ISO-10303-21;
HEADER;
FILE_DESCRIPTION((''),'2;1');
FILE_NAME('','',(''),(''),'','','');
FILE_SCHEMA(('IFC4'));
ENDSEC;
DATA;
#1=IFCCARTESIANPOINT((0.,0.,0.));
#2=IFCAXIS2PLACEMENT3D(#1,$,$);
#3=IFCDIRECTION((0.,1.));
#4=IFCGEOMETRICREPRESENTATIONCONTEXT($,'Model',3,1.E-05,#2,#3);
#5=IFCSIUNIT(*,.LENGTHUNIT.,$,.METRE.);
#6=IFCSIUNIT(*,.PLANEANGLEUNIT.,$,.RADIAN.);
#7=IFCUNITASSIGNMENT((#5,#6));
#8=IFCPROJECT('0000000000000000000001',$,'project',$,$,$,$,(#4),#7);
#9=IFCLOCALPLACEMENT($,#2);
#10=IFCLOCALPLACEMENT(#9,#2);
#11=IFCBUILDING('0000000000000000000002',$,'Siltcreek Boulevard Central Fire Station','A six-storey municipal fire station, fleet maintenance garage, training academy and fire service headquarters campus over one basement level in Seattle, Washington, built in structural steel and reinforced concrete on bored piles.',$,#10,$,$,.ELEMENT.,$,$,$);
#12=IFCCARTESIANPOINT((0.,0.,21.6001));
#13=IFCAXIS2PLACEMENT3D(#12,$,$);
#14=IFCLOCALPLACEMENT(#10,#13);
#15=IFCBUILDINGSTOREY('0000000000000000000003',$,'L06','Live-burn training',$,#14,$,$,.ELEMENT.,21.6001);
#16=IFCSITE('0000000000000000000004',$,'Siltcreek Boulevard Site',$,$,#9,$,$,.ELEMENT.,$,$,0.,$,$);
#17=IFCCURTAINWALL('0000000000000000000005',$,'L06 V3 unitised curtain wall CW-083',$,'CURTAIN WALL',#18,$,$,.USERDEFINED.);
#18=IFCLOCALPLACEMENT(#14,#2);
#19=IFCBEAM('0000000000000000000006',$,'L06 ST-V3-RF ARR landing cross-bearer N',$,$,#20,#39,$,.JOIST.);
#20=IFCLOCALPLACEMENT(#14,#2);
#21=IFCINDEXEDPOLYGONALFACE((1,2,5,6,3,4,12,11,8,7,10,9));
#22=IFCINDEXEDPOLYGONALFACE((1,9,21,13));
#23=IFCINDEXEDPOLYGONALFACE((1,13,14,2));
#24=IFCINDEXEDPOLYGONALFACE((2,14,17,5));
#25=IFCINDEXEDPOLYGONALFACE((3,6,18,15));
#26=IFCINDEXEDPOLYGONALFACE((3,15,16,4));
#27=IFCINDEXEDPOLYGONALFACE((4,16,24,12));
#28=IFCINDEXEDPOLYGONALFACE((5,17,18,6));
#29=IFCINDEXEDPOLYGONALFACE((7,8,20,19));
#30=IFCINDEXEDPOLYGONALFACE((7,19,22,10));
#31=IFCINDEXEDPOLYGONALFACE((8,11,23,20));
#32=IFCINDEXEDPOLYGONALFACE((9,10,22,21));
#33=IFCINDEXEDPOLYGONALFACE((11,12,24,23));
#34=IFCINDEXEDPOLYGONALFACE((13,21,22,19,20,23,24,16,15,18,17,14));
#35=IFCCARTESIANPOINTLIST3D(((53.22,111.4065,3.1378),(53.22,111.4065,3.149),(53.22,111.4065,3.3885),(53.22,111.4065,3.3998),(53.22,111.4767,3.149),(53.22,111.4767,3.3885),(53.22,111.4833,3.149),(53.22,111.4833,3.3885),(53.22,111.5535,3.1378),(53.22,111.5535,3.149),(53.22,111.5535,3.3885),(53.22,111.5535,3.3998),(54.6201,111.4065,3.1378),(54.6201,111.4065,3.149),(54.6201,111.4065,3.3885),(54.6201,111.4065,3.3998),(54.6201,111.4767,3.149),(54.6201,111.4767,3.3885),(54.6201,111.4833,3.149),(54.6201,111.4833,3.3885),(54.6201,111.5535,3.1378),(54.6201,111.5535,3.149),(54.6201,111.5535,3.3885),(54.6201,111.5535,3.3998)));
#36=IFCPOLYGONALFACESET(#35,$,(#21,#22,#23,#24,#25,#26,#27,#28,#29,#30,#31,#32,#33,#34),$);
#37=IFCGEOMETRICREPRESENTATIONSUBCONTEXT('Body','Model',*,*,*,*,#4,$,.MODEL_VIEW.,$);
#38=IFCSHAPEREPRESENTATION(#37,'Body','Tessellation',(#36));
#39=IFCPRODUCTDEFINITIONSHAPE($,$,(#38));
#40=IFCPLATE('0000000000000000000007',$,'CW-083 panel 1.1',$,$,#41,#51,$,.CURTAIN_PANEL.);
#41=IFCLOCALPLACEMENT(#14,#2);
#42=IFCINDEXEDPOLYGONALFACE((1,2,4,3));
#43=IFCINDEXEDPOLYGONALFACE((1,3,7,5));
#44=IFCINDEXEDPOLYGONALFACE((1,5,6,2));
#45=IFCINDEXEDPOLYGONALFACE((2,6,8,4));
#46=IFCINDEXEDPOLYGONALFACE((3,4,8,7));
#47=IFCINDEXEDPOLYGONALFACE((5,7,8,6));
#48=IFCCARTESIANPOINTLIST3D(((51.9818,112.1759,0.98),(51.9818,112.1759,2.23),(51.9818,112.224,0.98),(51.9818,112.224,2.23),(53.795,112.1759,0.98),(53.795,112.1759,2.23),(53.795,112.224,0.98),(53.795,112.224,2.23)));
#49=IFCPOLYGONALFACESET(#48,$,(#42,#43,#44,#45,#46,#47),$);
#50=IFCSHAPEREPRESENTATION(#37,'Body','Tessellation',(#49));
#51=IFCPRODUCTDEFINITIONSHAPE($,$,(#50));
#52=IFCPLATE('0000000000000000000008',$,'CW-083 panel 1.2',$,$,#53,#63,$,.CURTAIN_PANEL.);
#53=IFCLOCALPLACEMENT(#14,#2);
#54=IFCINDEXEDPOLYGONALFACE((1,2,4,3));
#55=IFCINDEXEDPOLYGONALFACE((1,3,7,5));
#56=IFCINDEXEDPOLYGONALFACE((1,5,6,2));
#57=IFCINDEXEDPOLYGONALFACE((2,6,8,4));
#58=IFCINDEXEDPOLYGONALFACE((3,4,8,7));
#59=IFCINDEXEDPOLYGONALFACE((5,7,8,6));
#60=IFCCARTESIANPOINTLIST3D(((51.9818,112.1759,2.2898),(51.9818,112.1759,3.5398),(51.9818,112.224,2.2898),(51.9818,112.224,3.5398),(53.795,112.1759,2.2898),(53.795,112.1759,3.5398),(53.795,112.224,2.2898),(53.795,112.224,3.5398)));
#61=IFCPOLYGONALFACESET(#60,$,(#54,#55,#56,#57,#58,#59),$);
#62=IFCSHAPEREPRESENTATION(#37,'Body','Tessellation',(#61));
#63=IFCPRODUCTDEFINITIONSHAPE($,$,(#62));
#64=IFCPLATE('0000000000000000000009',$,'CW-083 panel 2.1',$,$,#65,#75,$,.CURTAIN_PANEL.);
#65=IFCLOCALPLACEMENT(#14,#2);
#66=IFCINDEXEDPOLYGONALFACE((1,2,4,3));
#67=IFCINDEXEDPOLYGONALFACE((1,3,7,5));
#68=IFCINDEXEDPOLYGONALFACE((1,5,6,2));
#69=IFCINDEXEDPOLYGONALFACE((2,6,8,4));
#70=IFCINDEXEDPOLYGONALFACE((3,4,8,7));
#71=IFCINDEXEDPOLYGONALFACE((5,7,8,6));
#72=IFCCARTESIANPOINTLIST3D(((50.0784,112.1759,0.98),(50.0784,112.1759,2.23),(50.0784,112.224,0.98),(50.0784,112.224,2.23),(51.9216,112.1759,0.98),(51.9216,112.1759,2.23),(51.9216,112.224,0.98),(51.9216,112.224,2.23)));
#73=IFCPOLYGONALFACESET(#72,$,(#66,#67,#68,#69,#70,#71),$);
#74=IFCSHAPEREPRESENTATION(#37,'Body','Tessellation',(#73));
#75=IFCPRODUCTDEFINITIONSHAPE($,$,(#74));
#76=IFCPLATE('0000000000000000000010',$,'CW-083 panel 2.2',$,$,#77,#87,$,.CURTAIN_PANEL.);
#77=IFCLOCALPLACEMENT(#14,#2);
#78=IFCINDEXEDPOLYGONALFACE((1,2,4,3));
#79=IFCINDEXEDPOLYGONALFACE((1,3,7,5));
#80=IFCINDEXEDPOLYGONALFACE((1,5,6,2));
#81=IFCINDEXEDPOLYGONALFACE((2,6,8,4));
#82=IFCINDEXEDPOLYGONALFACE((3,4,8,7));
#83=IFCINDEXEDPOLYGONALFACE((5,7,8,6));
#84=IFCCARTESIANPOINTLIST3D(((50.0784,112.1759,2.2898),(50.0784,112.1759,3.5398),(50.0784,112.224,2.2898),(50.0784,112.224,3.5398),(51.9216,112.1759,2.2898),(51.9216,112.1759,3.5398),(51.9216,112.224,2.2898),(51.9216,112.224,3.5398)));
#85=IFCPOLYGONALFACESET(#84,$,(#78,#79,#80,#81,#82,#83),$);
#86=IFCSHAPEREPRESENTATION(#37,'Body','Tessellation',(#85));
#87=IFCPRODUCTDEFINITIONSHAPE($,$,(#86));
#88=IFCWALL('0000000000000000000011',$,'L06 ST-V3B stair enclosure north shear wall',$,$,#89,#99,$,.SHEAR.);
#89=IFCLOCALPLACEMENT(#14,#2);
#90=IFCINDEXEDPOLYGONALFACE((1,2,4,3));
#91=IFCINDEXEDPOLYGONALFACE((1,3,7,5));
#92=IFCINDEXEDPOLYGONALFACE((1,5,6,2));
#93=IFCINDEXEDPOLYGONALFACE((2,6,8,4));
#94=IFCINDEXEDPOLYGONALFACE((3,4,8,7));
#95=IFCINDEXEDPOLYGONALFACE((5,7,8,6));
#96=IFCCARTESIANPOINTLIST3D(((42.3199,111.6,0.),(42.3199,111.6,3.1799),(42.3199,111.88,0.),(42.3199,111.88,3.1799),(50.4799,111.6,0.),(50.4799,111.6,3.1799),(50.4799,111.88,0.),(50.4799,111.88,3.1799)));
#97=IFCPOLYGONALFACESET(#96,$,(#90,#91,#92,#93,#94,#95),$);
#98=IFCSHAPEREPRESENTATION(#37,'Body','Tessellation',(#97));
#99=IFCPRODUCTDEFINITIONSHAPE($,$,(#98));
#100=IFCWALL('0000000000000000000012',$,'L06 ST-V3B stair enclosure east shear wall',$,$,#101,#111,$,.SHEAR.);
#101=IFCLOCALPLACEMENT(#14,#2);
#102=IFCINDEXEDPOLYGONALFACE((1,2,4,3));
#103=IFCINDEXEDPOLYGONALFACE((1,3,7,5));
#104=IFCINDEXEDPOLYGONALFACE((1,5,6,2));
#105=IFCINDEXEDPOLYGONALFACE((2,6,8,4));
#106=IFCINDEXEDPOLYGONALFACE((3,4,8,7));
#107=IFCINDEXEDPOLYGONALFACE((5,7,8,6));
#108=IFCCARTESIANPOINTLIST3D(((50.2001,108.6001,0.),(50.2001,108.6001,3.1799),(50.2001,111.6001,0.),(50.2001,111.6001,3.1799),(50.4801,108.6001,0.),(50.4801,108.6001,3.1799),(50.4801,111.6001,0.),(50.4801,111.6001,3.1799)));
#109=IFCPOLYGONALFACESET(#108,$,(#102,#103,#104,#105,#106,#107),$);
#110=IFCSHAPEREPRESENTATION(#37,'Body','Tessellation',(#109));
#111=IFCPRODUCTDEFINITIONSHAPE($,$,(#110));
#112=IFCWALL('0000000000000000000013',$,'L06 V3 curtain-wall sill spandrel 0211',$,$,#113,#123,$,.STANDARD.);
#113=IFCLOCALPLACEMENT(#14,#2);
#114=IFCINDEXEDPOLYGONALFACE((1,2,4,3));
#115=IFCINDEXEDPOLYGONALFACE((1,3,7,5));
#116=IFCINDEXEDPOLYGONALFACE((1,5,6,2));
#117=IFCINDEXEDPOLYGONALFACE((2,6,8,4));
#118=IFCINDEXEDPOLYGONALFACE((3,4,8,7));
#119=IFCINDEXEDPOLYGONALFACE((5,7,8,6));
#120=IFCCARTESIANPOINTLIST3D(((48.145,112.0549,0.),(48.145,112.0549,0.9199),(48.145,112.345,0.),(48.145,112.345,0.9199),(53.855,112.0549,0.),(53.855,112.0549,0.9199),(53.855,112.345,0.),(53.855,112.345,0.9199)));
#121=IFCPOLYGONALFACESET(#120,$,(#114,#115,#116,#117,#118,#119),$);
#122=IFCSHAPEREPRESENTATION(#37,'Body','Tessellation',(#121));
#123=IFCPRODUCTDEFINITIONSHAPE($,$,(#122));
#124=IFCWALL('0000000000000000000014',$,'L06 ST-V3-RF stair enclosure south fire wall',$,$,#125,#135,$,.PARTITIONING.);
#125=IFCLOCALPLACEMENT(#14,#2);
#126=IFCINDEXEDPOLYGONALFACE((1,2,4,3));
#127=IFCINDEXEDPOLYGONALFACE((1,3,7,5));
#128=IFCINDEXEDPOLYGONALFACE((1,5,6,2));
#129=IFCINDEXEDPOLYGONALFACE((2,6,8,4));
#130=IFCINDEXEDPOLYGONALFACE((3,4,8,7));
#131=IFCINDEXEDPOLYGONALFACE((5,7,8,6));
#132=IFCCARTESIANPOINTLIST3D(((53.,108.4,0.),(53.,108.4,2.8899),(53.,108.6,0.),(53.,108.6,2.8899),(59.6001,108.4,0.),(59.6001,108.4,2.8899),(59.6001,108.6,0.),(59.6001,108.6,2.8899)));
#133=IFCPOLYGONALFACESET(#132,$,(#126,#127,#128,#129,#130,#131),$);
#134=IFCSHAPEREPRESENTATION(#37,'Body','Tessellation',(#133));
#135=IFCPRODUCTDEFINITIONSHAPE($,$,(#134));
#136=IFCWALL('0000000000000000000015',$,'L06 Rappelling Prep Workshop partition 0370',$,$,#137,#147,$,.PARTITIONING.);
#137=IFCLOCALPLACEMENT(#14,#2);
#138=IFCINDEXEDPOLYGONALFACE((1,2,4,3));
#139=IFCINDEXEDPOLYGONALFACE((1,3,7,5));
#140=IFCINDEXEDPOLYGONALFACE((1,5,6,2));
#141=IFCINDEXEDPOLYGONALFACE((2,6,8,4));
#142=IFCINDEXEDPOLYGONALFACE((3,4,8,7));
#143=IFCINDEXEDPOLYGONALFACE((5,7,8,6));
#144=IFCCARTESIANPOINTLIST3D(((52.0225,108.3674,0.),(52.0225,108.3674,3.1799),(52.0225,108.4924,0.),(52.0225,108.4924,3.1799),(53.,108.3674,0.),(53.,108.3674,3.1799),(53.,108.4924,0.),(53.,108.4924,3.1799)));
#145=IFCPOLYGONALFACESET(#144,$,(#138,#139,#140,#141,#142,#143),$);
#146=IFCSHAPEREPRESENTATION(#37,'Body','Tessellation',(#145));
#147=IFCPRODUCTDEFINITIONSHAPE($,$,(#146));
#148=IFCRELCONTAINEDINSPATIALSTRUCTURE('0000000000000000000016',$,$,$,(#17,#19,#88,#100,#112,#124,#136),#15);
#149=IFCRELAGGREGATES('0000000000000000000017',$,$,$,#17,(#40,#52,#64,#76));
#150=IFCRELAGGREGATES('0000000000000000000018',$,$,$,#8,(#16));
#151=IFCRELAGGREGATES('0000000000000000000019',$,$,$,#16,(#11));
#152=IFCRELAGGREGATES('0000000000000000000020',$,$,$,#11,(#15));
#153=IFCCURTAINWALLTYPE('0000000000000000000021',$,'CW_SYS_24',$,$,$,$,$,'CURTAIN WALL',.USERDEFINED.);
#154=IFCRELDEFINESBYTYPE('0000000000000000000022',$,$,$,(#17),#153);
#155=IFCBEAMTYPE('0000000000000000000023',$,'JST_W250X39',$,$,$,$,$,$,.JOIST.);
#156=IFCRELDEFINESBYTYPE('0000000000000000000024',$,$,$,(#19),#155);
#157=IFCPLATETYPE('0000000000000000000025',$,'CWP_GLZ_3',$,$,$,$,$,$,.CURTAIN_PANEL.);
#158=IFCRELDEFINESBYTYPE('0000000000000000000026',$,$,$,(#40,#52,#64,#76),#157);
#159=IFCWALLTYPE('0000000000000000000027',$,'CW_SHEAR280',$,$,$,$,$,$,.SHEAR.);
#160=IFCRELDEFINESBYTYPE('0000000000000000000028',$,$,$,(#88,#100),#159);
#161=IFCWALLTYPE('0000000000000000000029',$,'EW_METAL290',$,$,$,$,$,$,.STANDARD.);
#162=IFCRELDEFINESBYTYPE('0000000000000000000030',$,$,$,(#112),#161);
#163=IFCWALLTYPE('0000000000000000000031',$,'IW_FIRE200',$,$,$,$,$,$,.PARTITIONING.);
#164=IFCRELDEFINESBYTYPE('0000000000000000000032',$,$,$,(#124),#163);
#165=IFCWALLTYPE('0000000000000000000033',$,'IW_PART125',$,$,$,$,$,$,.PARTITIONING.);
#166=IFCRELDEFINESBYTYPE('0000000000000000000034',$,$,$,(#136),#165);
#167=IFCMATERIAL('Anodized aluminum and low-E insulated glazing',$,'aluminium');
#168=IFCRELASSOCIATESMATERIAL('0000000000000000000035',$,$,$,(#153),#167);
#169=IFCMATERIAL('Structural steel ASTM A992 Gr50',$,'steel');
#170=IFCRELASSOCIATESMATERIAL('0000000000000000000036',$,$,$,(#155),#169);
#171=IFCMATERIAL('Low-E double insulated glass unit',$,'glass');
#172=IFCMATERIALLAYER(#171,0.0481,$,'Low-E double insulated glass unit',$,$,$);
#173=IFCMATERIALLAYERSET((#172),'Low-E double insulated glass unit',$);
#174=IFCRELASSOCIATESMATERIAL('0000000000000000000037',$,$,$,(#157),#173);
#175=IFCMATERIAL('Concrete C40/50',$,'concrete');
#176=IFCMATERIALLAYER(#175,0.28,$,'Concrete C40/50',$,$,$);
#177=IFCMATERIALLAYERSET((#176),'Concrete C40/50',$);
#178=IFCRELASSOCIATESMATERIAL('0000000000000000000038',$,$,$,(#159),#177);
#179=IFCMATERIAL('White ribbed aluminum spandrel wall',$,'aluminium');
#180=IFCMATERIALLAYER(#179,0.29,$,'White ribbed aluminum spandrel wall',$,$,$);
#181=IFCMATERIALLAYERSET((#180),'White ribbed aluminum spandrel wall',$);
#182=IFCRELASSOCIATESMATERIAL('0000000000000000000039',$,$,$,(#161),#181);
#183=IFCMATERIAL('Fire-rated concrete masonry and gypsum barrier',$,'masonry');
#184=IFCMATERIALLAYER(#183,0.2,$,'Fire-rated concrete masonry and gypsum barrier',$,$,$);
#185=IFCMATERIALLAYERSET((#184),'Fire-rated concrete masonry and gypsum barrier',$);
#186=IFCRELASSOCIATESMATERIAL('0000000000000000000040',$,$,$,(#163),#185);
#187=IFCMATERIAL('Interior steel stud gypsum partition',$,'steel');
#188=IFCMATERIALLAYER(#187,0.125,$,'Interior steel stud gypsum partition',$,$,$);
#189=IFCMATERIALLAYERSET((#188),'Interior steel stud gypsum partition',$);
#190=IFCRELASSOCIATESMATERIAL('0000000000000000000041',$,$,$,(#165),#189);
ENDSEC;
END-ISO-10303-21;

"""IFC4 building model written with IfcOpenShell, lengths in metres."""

from ifc_helpers import new_model, si_unit, direction, frame, frame_2d, origin, origin_2d, place, context, subcontext, project, spatial, rectangle, i_section, extrude, material, layer, layer_set, material_profile, profile_set, type_object, element, aggregate, save


model = new_model("IFC4")

# Units and contexts
model_context = context("Model", 3, precision=1e-05, world=origin(), true_north=direction((0.0, 1.0)))
body_context = subcontext(model_context, "Body", "Model", "MODEL_VIEW")
ifc_project = project(units=[si_unit("LENGTHUNIT", "METRE"), si_unit("PLANEANGLEUNIT", "RADIAN")], contexts=[model_context])

# Site, building, storey
site_placement = place(None, origin())
site = spatial("IfcSite", under=ifc_project, at=site_placement, Name="Siltcreek Boulevard Site", CompositionType="ELEMENT", RefElevation=0.0)
building_placement = place(site_placement, origin())
building = spatial("IfcBuilding", under=site, at=building_placement, Name="Siltcreek Boulevard Central Fire Station", Description="A six-storey municipal fire station, fleet maintenance garage, training academy and fire service headquarters campus over one basement level in Seattle, Washington, built in structural steel and reinforced concrete on bored piles.", CompositionType="ELEMENT")
storey_placement = place(building_placement, frame((0.0, 0.0, 21.6001)))
storey = spatial("IfcBuildingStorey", under=building, at=storey_placement, Name="L06", Description="Live-burn training", CompositionType="ELEMENT", Elevation=21.6001)

# Shared definitions
ifc_material_1 = material(Name="Structural steel ASTM A992 Gr50", Category="steel")

# Curtain wall
ifc_material_2 = material(Name="Anodized aluminum and low-E insulated glazing", Category="aluminium")
curtain_wall_type = type_object("IfcCurtainWallType", Name="CW_SYS_24", ElementType="CURTAIN WALL", PredefinedType="USERDEFINED", material=ifc_material_2)
curtain_wall_placement = place(storey_placement, origin())
curtain_wall = element("IfcCurtainWall", 1, at=curtain_wall_placement, inside=storey, type_object=curtain_wall_type, Name="L06 V3 unitised curtain wall CW-083", ObjectType="CURTAIN WALL", PredefinedType="USERDEFINED")

# Beam
ifc_material_profile_1 = material_profile(ifc_material_1, i_section(OverallWidth=0.147, OverallDepth=0.262, WebThickness=0.0066, FlangeThickness=0.0112, at=origin_2d()), Name="W250X39")
ifc_profile_set_1 = profile_set([ifc_material_profile_1], Name="Structural steel ASTM A992 Gr50")
beam_type_1 = type_object("IfcBeamType", Name="JST_W250X39", PredefinedType="JOIST", material=ifc_profile_set_1)
for number, where, z_axis, x_axis, name in (
    (2, (53.22, 111.48, 3.2688), (1.0, 0.0, 0.0), (0.0, 1.0, 0.0), "L06 ST-V3-RF ARR landing cross-bearer N"),
):
    element("IfcBeam", number, at=place(storey_placement, frame(where, z_axis=z_axis, x_axis=x_axis)), inside=storey, type_object=beam_type_1, Name=name, PredefinedType="JOIST", context=body_context, shape_type="SweptSolid", body=[
        extrude(i_section(OverallWidth=0.147, OverallDepth=0.262, WebThickness=0.0066, FlangeThickness=0.0112, at=origin_2d()), origin(), (0.0, 0.0, 1.0), 1.4001),
    ])

# Plates
ifc_material_3 = material(Name="Low-E double insulated glass unit", Category="glass")
ifc_layer_1 = layer(ifc_material_3, 0.0481, Name="Low-E double insulated glass unit")
ifc_layer_set_1 = layer_set([ifc_layer_1], Name="Low-E double insulated glass unit")
plate_type = type_object("IfcPlateType", Name="CWP_GLZ_3", PredefinedType="CURTAIN_PANEL", material=ifc_layer_set_1)
plate_1_placement = place(storey_placement, frame((52.8884, 112.2, 0.98), z_axis=(0.0, 0.0, 1.0), x_axis=(-1.0, 0.0, 0.0)))
plate_1 = element("IfcPlate", 3, at=plate_1_placement, type_object=plate_type, Name="CW-083 panel 1.1", PredefinedType="CURTAIN_PANEL", context=body_context, shape_type="SweptSolid", body=[
    extrude(rectangle(XDim=1.8132, YDim=0.0481, at=origin_2d()), origin(), (0.0, 0.0, 1.0), 1.25),
])
plate_2_placement = place(storey_placement, frame((52.8884, 112.2, 2.2898), z_axis=(0.0, 0.0, 1.0), x_axis=(-1.0, 0.0, 0.0)))
plate_2 = element("IfcPlate", 4, at=plate_2_placement, type_object=plate_type, Name="CW-083 panel 1.2", PredefinedType="CURTAIN_PANEL", context=body_context, shape_type="SweptSolid", body=[
    extrude(rectangle(XDim=1.8132, YDim=0.0481, at=origin_2d()), origin(), (0.0, 0.0, 1.0), 1.25),
])
plate_3_placement = place(storey_placement, frame((51.0, 112.2, 0.98), z_axis=(0.0, 0.0, 1.0), x_axis=(-1.0, 0.0, 0.0)))
plate_3 = element("IfcPlate", 5, at=plate_3_placement, type_object=plate_type, Name="CW-083 panel 2.1", PredefinedType="CURTAIN_PANEL", context=body_context, shape_type="SweptSolid", body=[
    extrude(rectangle(XDim=1.8433, YDim=0.0481, at=origin_2d()), origin(), (0.0, 0.0, 1.0), 1.25),
])
plate_4_placement = place(storey_placement, frame((51.0, 112.2, 2.2898), z_axis=(0.0, 0.0, 1.0), x_axis=(-1.0, 0.0, 0.0)))
plate_4 = element("IfcPlate", 6, at=plate_4_placement, type_object=plate_type, Name="CW-083 panel 2.2", PredefinedType="CURTAIN_PANEL", context=body_context, shape_type="SweptSolid", body=[
    extrude(rectangle(XDim=1.8433, YDim=0.0481, at=origin_2d()), origin(), (0.0, 0.0, 1.0), 1.25),
])
aggregate(curtain_wall, [plate_1, plate_2, plate_3, plate_4])

# Walls
ifc_material_4 = material(Name="Concrete C40/50", Category="concrete")
ifc_layer_2 = layer(ifc_material_4, 0.28, Name="Concrete C40/50")
ifc_layer_set_2 = layer_set([ifc_layer_2], Name="Concrete C40/50")
wall_type_1 = type_object("IfcWallType", Name="CW_SHEAR280", PredefinedType="SHEAR", material=ifc_layer_set_2)
wall_1_placement = place(storey_placement, frame((50.48, 111.74, 0.0), z_axis=(0.0, 0.0, 1.0), x_axis=(-1.0, 0.0, 0.0)))
element("IfcWall", 7, at=wall_1_placement, inside=storey, type_object=wall_type_1, Name="L06 ST-V3B stair enclosure north shear wall", PredefinedType="SHEAR", context=body_context, shape_type="SweptSolid", body=[
    extrude(rectangle(XDim=8.1599, YDim=0.28, at=frame_2d((4.0801, 0.0))), origin(), (0.0, 0.0, 1.0), 3.1799),
])
wall_2_placement = place(storey_placement, frame((50.3401, 108.6001, 0.0), z_axis=(0.0, 0.0, 1.0), x_axis=(0.0, 1.0, 0.0)))
element("IfcWall", 8, at=wall_2_placement, inside=storey, type_object=wall_type_1, Name="L06 ST-V3B stair enclosure east shear wall", PredefinedType="SHEAR", context=body_context, shape_type="SweptSolid", body=[
    extrude(rectangle(XDim=3.0, YDim=0.28, at=frame_2d((1.5, 0.0))), origin(), (0.0, 0.0, 1.0), 3.1799),
])
ifc_material_5 = material(Name="White ribbed aluminum spandrel wall", Category="aluminium")
ifc_layer_3 = layer(ifc_material_5, 0.29, Name="White ribbed aluminum spandrel wall")
ifc_layer_set_3 = layer_set([ifc_layer_3], Name="White ribbed aluminum spandrel wall")
wall_type_2 = type_object("IfcWallType", Name="EW_METAL290", PredefinedType="STANDARD", material=ifc_layer_set_3)
wall_3_placement = place(storey_placement, frame((53.855, 112.2, 0.0), z_axis=(0.0, 0.0, 1.0), x_axis=(-1.0, 0.0, 0.0)))
element("IfcWall", 9, at=wall_3_placement, inside=storey, type_object=wall_type_2, Name="L06 V3 curtain-wall sill spandrel 0211", PredefinedType="STANDARD", context=body_context, shape_type="SweptSolid", body=[
    extrude(rectangle(XDim=5.71, YDim=0.29, at=frame_2d((2.855, 0.0))), origin(), (0.0, 0.0, 1.0), 0.9199),
])
ifc_material_6 = material(Name="Fire-rated concrete masonry and gypsum barrier", Category="masonry")
ifc_layer_4 = layer(ifc_material_6, 0.2, Name="Fire-rated concrete masonry and gypsum barrier")
ifc_layer_set_4 = layer_set([ifc_layer_4], Name="Fire-rated concrete masonry and gypsum barrier")
wall_type_3 = type_object("IfcWallType", Name="IW_FIRE200", PredefinedType="PARTITIONING", material=ifc_layer_set_4)
wall_4_placement = place(storey_placement, frame((53.0, 108.5, 0.0), z_axis=(0.0, 0.0, 1.0), x_axis=(1.0, 0.0, 0.0)))
element("IfcWall", 10, at=wall_4_placement, inside=storey, type_object=wall_type_3, Name="L06 ST-V3-RF stair enclosure south fire wall", PredefinedType="PARTITIONING", context=body_context, shape_type="SweptSolid", body=[
    extrude(rectangle(XDim=6.6001, YDim=0.2, at=frame_2d((3.3, 0.0))), origin(), (0.0, 0.0, 1.0), 2.8899),
])

# Wall
ifc_material_7 = material(Name="Interior steel stud gypsum partition", Category="steel")
ifc_layer_5 = layer(ifc_material_7, 0.125, Name="Interior steel stud gypsum partition")
ifc_layer_set_5 = layer_set([ifc_layer_5], Name="Interior steel stud gypsum partition")
wall_type_4 = type_object("IfcWallType", Name="IW_PART125", PredefinedType="PARTITIONING", material=ifc_layer_set_5)
wall_5_placement = place(storey_placement, frame((52.0225, 108.4299, 0.0), z_axis=(0.0, 0.0, 1.0), x_axis=(1.0, 0.0, 0.0)))
element("IfcWall", 11, at=wall_5_placement, inside=storey, type_object=wall_type_4, Name="L06 Rappelling Prep Workshop partition 0370", PredefinedType="PARTITIONING", context=body_context, shape_type="SweptSolid", body=[
    extrude(rectangle(XDim=0.9775, YDim=0.125, at=frame_2d((0.4888, 0.0))), origin(), (0.0, 0.0, 1.0), 3.1799),
])

save(model, "model.ifc")
